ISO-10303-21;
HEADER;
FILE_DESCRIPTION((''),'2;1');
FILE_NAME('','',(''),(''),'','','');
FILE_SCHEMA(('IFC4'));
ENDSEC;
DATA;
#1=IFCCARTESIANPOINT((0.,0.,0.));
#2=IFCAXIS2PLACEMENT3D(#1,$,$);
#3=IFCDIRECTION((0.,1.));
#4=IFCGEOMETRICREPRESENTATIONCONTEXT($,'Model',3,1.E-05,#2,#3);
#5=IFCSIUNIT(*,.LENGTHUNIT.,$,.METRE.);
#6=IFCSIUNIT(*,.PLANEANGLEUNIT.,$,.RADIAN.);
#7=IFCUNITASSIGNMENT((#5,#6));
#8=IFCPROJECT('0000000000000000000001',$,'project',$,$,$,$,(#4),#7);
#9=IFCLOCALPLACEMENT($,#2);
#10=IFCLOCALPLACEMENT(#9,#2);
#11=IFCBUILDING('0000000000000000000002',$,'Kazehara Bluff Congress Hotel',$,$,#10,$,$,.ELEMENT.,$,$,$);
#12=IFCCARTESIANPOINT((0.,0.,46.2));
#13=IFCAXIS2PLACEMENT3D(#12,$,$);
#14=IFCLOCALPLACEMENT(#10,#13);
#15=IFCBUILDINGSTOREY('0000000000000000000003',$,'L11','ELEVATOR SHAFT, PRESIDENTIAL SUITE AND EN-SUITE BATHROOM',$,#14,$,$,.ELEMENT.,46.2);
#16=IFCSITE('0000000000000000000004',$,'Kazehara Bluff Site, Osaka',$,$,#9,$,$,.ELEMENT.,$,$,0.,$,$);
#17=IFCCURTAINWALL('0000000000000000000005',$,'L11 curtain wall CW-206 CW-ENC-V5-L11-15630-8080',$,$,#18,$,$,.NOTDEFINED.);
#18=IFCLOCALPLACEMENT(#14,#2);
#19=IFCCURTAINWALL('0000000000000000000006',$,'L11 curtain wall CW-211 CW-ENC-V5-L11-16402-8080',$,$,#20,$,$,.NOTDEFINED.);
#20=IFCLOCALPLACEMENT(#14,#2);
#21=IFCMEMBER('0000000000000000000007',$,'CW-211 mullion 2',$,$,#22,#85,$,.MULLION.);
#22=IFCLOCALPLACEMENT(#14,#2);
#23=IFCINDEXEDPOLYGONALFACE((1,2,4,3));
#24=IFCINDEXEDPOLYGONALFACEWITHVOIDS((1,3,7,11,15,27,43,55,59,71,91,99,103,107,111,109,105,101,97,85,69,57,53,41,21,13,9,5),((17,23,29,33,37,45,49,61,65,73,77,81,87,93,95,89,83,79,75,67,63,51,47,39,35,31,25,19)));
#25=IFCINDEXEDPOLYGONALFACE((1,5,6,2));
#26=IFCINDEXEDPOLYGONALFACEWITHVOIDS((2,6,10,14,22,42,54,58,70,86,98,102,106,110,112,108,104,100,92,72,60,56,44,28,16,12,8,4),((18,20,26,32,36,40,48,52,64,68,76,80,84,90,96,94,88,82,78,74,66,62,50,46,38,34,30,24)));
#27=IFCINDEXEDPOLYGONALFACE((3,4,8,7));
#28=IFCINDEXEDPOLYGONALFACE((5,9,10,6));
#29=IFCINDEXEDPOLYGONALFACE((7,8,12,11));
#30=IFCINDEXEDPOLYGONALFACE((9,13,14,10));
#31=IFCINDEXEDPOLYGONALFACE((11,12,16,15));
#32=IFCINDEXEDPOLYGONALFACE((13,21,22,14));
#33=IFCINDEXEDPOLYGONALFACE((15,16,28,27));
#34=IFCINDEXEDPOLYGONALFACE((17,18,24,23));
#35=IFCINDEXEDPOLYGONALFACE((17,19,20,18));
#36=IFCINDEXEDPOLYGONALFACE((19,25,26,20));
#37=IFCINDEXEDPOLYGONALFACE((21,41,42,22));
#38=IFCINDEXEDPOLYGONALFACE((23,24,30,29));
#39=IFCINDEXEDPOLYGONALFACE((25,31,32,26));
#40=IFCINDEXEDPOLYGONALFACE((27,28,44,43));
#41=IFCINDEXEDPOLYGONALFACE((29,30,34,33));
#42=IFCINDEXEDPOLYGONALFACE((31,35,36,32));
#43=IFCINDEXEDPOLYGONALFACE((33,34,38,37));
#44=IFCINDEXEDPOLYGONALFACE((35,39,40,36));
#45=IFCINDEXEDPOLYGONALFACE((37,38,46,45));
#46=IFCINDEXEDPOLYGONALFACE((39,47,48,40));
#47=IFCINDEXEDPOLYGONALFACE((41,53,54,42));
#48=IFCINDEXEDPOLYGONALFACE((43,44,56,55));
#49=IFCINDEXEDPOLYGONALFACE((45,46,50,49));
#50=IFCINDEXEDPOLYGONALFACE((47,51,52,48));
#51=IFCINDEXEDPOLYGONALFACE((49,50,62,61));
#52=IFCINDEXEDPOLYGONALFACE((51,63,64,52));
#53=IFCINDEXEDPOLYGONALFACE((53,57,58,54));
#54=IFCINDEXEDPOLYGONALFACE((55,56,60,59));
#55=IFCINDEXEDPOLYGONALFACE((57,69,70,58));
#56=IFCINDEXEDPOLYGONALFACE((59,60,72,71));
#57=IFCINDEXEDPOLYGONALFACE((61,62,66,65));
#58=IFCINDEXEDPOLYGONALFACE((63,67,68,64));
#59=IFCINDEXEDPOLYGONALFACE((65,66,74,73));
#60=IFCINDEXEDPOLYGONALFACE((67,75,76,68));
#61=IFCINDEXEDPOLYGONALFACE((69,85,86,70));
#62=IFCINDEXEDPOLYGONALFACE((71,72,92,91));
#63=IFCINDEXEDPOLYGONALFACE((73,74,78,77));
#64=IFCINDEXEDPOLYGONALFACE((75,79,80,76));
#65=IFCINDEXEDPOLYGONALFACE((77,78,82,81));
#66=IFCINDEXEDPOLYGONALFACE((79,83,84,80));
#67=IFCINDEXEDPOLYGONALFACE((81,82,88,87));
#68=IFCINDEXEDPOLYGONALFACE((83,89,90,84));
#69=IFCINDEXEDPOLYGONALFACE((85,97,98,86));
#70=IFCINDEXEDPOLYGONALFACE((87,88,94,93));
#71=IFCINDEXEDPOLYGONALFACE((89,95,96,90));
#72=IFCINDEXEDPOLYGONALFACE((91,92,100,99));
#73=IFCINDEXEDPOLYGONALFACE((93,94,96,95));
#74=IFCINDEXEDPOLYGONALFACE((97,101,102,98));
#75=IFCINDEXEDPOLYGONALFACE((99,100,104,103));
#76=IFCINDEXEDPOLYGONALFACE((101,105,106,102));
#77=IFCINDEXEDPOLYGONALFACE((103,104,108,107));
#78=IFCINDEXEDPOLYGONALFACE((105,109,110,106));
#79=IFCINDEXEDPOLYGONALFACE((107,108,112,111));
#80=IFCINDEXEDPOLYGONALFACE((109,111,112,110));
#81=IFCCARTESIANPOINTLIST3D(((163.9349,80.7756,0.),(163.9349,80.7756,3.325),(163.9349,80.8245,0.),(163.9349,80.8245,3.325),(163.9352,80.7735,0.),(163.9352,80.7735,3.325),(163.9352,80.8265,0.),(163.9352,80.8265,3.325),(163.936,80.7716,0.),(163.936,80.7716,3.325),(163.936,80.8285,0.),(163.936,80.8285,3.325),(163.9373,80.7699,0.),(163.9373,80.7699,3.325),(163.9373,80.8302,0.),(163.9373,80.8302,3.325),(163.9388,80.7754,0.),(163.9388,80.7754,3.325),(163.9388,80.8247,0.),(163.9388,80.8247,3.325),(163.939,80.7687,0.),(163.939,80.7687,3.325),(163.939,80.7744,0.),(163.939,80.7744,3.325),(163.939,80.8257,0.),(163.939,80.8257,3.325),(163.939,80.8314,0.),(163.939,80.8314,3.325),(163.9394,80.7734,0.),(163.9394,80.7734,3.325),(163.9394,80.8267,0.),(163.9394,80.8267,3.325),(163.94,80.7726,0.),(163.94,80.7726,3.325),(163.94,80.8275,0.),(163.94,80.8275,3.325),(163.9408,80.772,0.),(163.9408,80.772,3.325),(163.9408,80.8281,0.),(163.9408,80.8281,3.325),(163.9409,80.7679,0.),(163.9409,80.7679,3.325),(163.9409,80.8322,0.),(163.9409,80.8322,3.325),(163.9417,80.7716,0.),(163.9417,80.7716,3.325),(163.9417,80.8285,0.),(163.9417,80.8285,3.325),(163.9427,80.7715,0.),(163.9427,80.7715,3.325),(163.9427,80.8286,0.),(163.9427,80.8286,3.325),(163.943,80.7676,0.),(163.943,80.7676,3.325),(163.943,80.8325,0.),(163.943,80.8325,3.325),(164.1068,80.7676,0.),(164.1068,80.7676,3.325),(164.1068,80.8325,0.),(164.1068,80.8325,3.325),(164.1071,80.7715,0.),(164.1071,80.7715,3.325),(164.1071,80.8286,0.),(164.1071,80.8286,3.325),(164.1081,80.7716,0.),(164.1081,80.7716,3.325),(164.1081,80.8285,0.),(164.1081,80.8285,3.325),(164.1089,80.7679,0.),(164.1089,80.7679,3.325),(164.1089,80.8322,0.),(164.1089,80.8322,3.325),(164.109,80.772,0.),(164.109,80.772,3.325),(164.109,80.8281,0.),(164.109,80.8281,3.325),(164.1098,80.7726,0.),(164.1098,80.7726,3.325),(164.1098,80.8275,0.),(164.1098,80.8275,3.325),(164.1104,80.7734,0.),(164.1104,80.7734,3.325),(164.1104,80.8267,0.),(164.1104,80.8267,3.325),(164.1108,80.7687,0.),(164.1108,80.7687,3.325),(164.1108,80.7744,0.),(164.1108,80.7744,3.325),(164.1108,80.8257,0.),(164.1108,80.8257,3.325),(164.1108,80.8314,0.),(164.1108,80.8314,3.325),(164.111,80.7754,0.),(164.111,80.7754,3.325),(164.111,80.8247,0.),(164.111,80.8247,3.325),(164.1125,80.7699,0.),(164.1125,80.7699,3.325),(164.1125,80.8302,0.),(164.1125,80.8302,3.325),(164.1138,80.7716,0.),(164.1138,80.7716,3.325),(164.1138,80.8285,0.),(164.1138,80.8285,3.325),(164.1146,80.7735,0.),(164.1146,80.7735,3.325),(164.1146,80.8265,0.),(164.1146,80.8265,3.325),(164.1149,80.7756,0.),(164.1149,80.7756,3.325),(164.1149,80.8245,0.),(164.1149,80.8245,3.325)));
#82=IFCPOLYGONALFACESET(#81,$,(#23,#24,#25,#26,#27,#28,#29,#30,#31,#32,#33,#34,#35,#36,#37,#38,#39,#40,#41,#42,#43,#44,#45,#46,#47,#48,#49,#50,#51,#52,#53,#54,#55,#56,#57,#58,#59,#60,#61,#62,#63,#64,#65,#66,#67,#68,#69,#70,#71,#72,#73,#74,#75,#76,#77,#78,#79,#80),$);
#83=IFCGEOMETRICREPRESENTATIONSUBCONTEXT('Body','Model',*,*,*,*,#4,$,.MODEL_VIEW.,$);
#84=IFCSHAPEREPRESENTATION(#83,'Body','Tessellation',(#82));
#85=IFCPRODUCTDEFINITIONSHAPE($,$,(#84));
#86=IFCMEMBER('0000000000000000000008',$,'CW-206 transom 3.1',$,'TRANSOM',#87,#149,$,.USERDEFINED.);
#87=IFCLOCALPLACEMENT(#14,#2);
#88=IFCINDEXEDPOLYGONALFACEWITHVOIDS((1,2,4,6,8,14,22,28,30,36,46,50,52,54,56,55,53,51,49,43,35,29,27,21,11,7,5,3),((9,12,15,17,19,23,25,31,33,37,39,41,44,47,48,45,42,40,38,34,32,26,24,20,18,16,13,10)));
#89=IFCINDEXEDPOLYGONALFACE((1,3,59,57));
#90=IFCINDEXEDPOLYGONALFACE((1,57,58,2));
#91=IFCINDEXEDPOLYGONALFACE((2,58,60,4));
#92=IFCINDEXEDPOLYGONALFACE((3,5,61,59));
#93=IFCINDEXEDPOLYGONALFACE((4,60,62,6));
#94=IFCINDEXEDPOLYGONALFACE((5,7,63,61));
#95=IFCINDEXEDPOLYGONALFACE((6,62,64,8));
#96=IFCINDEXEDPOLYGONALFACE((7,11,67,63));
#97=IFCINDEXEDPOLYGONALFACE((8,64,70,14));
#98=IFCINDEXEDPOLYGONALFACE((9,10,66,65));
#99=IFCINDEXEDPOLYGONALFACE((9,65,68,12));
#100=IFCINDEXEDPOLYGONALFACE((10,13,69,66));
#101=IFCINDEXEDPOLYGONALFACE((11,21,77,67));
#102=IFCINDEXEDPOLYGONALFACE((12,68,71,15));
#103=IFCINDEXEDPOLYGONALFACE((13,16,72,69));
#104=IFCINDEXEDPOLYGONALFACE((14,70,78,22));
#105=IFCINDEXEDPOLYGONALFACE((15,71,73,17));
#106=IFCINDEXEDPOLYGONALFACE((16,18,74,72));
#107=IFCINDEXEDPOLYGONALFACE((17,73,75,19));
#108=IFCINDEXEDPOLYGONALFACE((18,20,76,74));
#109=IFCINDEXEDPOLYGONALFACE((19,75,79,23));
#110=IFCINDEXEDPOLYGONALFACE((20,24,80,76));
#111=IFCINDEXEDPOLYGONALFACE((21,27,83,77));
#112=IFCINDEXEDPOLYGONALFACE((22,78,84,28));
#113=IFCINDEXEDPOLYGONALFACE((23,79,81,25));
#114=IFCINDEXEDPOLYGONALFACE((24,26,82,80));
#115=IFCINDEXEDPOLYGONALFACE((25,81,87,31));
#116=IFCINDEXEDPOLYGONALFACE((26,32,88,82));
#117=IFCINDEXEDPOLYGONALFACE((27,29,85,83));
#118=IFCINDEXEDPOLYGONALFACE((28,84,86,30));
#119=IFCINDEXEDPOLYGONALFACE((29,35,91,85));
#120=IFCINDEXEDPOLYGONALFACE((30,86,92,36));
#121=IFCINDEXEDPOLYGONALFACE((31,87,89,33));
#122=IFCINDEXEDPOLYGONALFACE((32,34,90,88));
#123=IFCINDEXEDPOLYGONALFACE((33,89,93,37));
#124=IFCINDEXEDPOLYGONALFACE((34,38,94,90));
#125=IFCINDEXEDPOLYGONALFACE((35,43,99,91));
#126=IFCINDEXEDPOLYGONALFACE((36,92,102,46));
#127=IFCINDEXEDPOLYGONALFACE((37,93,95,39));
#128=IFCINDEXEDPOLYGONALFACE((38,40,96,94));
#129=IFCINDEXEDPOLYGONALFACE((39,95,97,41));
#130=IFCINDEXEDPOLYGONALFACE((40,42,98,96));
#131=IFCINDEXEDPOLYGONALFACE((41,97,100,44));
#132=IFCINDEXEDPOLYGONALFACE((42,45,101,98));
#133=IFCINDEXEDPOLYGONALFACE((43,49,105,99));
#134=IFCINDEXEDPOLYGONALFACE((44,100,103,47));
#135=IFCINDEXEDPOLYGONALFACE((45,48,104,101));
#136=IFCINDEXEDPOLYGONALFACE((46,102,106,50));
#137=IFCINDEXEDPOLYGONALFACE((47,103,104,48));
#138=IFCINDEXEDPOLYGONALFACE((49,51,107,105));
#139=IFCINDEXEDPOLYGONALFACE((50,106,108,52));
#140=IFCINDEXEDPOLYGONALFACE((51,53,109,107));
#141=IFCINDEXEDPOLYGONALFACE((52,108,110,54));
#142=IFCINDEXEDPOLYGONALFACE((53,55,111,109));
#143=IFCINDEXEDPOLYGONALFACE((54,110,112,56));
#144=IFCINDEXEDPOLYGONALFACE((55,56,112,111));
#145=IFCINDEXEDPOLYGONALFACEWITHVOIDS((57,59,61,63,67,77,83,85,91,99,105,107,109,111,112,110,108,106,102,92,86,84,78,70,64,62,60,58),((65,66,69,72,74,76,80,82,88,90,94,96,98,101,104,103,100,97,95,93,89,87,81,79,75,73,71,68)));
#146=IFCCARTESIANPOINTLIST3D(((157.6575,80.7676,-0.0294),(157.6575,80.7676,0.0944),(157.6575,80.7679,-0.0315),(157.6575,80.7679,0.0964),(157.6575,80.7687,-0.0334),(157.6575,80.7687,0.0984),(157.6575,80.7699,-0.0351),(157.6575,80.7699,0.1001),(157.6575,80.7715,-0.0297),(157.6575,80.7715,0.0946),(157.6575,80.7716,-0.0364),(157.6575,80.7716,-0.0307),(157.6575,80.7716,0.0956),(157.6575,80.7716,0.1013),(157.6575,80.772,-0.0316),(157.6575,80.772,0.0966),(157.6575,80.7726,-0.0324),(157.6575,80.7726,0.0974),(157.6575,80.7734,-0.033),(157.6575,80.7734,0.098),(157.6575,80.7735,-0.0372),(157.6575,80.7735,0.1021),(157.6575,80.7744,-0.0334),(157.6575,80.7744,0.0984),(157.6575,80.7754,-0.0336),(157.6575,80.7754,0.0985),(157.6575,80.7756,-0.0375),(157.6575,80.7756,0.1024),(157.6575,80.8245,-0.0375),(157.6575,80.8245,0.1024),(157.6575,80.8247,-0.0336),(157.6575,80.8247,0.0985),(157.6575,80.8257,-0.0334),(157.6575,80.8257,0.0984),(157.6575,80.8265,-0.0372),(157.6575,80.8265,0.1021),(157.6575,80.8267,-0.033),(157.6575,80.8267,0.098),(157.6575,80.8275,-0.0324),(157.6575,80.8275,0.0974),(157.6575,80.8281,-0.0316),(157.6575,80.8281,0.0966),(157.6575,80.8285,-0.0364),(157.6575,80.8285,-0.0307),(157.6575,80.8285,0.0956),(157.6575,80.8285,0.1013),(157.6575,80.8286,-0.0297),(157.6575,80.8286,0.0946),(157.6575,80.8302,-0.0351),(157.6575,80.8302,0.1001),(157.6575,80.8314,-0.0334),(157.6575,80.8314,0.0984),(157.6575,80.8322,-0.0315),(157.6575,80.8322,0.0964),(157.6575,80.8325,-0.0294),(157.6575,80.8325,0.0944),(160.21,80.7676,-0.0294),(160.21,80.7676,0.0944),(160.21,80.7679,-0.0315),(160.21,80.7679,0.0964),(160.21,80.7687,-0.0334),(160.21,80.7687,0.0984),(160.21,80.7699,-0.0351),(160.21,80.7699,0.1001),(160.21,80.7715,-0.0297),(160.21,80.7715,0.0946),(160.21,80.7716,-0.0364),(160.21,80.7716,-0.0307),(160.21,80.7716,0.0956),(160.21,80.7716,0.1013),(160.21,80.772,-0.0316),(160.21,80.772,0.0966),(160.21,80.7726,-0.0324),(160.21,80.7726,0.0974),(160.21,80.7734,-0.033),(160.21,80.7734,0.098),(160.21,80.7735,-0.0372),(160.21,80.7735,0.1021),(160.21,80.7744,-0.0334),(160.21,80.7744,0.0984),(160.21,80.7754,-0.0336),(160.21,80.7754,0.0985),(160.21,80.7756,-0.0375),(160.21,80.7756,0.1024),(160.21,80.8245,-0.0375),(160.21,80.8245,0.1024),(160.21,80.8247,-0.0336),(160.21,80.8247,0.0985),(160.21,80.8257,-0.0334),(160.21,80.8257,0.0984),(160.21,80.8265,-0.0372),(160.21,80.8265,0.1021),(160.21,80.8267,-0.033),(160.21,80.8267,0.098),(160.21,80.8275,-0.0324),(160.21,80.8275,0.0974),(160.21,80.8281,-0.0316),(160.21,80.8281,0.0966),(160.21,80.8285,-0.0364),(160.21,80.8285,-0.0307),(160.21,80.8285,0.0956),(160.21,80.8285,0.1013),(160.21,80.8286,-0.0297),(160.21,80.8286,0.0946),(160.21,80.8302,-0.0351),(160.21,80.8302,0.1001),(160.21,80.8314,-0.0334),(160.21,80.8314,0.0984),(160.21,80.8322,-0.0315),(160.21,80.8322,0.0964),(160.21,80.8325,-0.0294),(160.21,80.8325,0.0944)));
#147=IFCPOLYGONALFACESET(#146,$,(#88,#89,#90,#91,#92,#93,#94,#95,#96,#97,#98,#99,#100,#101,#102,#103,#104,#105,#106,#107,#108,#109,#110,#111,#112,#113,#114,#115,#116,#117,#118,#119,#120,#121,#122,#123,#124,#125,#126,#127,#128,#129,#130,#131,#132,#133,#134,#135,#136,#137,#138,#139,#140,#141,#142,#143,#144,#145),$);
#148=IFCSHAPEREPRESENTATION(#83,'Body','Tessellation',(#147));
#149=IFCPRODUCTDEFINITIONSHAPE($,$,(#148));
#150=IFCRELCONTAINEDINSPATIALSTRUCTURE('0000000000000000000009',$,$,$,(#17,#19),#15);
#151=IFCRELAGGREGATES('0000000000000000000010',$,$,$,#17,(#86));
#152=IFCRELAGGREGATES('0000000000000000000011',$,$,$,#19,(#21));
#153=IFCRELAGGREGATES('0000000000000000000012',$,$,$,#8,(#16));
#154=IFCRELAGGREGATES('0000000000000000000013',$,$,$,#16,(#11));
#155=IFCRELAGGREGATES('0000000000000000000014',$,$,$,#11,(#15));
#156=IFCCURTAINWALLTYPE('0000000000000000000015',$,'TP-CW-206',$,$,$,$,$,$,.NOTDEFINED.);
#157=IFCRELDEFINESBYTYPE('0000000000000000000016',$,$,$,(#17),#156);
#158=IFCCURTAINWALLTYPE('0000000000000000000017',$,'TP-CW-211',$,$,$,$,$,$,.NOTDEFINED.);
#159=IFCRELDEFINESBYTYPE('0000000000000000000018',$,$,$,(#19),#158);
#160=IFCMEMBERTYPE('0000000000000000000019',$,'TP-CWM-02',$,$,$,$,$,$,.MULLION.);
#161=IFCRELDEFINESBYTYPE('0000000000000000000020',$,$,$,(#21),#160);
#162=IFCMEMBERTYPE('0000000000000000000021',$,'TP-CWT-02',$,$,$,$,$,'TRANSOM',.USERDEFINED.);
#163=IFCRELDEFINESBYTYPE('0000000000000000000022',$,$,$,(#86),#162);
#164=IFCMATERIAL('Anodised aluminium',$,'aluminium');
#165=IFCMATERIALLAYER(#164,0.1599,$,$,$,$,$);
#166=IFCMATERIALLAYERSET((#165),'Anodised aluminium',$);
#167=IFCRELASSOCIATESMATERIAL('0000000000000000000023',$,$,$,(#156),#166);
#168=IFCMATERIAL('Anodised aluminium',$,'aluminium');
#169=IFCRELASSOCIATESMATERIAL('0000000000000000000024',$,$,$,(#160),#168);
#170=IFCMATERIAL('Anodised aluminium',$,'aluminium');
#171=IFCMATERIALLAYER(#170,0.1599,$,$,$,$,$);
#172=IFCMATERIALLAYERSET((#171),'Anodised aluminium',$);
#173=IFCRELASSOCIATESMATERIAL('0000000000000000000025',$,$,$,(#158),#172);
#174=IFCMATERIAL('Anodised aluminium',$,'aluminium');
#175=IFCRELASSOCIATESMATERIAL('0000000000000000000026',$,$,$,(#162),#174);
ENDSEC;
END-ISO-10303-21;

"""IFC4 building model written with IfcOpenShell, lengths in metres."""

from ifc_helpers import new_model, si_unit, direction, frame, origin, origin_2d, place, context, subcontext, project, spatial, hollow_rectangle, extrude, material, layer, layer_set, material_profile, profile_set, type_object, element, aggregate, save


model = new_model("IFC4")

# Units and contexts
model_context = context("Model", 3, precision=1e-05, world=origin(), true_north=direction((0.0, 1.0)))
body_context = subcontext(model_context, "Body", "Model", "MODEL_VIEW")
ifc_project = project(units=[si_unit("LENGTHUNIT", "METRE"), si_unit("PLANEANGLEUNIT", "RADIAN")], contexts=[model_context])

# Site, building, storey
site_placement = place(None, origin())
site = spatial("IfcSite", under=ifc_project, at=site_placement, Name="Kazehara Bluff Site, Osaka", CompositionType="ELEMENT", RefElevation=0.0)
building_placement = place(site_placement, origin())
building = spatial("IfcBuilding", under=site, at=building_placement, Name="Kazehara Bluff Congress Hotel", CompositionType="ELEMENT")
storey_placement = place(building_placement, frame((0.0, 0.0, 46.2)))
storey = spatial("IfcBuildingStorey", under=building, at=storey_placement, Name="L11", Description="ELEVATOR SHAFT, PRESIDENTIAL SUITE AND EN-SUITE BATHROOM", CompositionType="ELEMENT", Elevation=46.2)

# Curtain walls, member
ifc_material_1 = material(Name="Anodised aluminium", Category="aluminium")
ifc_layer_1 = layer(ifc_material_1, 0.1599)
ifc_layer_set_1 = layer_set([ifc_layer_1], Name="Anodised aluminium")
curtain_wall_type_1 = type_object("IfcCurtainWallType", Name="TP-CW-206", PredefinedType="NOTDEFINED", material=ifc_layer_set_1)
curtain_wall_1_placement = place(storey_placement, origin())
curtain_wall_1 = element("IfcCurtainWall", 1, at=curtain_wall_1_placement, inside=storey, type_object=curtain_wall_type_1, Name="L11 curtain wall CW-206 CW-ENC-V5-L11-15630-8080", PredefinedType="NOTDEFINED")
ifc_material_2 = material(Name="Anodised aluminium", Category="aluminium")
ifc_material_profile_1 = material_profile(ifc_material_2, hollow_rectangle(XDim=0.0649, YDim=0.1799, WallThickness=0.0039, InnerFilletRadius=0.0039, OuterFilletRadius=0.0081, at=origin_2d()))
ifc_profile_set_1 = profile_set([ifc_material_profile_1], Name="Anodised aluminium")
member_type_1 = type_object("IfcMemberType", Name="TP-CWM-02", PredefinedType="MULLION", material=ifc_profile_set_1)
ifc_material_3 = material(Name="Anodised aluminium", Category="aluminium")
ifc_layer_2 = layer(ifc_material_3, 0.1599)
ifc_layer_set_2 = layer_set([ifc_layer_2], Name="Anodised aluminium")
curtain_wall_type_2 = type_object("IfcCurtainWallType", Name="TP-CW-211", PredefinedType="NOTDEFINED", material=ifc_layer_set_2)
curtain_wall_2_placement = place(storey_placement, origin())
curtain_wall_2 = element("IfcCurtainWall", 2, at=curtain_wall_2_placement, inside=storey, type_object=curtain_wall_type_2, Name="L11 curtain wall CW-211 CW-ENC-V5-L11-16402-8080", PredefinedType="NOTDEFINED")
member_1_placement = place(storey_placement, frame((164.0249, 80.8, 0.0), z_axis=(0.0, 0.0, 1.0), x_axis=(0.0, 1.0, 0.0)))
member_1 = element("IfcMember", 3, at=member_1_placement, type_object=member_type_1, Name="CW-211 mullion 2", PredefinedType="MULLION", context=body_context, shape_type="SweptSolid", body=[
    extrude(hollow_rectangle(XDim=0.0649, YDim=0.1799, WallThickness=0.0039, InnerFilletRadius=0.0039, OuterFilletRadius=0.0081, at=origin_2d()), origin(), (0.0, 0.0, 1.0), 3.325),
])

# Member
ifc_material_4 = material(Name="Anodised aluminium", Category="aluminium")
ifc_material_profile_2 = material_profile(ifc_material_4, hollow_rectangle(XDim=0.0649, YDim=0.1399, WallThickness=0.0039, InnerFilletRadius=0.0039, OuterFilletRadius=0.0081, at=origin_2d()))
ifc_profile_set_2 = profile_set([ifc_material_profile_2], Name="Anodised aluminium")
member_type_2 = type_object("IfcMemberType", Name="TP-CWT-02", ElementType="TRANSOM", PredefinedType="USERDEFINED", material=ifc_profile_set_2)
member_2_placement = place(storey_placement, frame((157.6575, 80.8, 0.0325), z_axis=(1.0, 0.0, 0.0), x_axis=(0.0, 1.0, 0.0)))
member_2 = element("IfcMember", 4, at=member_2_placement, type_object=member_type_2, Name="CW-206 transom 3.1", ObjectType="TRANSOM", PredefinedType="USERDEFINED", context=body_context, shape_type="SweptSolid", body=[
    extrude(hollow_rectangle(XDim=0.0649, YDim=0.1399, WallThickness=0.0039, InnerFilletRadius=0.0039, OuterFilletRadius=0.0081, at=origin_2d()), origin(), (0.0, 0.0, 1.0), 2.5525),
])

aggregate(curtain_wall_1, [member_2])
aggregate(curtain_wall_2, [member_1])

save(model, "model.ifc")
